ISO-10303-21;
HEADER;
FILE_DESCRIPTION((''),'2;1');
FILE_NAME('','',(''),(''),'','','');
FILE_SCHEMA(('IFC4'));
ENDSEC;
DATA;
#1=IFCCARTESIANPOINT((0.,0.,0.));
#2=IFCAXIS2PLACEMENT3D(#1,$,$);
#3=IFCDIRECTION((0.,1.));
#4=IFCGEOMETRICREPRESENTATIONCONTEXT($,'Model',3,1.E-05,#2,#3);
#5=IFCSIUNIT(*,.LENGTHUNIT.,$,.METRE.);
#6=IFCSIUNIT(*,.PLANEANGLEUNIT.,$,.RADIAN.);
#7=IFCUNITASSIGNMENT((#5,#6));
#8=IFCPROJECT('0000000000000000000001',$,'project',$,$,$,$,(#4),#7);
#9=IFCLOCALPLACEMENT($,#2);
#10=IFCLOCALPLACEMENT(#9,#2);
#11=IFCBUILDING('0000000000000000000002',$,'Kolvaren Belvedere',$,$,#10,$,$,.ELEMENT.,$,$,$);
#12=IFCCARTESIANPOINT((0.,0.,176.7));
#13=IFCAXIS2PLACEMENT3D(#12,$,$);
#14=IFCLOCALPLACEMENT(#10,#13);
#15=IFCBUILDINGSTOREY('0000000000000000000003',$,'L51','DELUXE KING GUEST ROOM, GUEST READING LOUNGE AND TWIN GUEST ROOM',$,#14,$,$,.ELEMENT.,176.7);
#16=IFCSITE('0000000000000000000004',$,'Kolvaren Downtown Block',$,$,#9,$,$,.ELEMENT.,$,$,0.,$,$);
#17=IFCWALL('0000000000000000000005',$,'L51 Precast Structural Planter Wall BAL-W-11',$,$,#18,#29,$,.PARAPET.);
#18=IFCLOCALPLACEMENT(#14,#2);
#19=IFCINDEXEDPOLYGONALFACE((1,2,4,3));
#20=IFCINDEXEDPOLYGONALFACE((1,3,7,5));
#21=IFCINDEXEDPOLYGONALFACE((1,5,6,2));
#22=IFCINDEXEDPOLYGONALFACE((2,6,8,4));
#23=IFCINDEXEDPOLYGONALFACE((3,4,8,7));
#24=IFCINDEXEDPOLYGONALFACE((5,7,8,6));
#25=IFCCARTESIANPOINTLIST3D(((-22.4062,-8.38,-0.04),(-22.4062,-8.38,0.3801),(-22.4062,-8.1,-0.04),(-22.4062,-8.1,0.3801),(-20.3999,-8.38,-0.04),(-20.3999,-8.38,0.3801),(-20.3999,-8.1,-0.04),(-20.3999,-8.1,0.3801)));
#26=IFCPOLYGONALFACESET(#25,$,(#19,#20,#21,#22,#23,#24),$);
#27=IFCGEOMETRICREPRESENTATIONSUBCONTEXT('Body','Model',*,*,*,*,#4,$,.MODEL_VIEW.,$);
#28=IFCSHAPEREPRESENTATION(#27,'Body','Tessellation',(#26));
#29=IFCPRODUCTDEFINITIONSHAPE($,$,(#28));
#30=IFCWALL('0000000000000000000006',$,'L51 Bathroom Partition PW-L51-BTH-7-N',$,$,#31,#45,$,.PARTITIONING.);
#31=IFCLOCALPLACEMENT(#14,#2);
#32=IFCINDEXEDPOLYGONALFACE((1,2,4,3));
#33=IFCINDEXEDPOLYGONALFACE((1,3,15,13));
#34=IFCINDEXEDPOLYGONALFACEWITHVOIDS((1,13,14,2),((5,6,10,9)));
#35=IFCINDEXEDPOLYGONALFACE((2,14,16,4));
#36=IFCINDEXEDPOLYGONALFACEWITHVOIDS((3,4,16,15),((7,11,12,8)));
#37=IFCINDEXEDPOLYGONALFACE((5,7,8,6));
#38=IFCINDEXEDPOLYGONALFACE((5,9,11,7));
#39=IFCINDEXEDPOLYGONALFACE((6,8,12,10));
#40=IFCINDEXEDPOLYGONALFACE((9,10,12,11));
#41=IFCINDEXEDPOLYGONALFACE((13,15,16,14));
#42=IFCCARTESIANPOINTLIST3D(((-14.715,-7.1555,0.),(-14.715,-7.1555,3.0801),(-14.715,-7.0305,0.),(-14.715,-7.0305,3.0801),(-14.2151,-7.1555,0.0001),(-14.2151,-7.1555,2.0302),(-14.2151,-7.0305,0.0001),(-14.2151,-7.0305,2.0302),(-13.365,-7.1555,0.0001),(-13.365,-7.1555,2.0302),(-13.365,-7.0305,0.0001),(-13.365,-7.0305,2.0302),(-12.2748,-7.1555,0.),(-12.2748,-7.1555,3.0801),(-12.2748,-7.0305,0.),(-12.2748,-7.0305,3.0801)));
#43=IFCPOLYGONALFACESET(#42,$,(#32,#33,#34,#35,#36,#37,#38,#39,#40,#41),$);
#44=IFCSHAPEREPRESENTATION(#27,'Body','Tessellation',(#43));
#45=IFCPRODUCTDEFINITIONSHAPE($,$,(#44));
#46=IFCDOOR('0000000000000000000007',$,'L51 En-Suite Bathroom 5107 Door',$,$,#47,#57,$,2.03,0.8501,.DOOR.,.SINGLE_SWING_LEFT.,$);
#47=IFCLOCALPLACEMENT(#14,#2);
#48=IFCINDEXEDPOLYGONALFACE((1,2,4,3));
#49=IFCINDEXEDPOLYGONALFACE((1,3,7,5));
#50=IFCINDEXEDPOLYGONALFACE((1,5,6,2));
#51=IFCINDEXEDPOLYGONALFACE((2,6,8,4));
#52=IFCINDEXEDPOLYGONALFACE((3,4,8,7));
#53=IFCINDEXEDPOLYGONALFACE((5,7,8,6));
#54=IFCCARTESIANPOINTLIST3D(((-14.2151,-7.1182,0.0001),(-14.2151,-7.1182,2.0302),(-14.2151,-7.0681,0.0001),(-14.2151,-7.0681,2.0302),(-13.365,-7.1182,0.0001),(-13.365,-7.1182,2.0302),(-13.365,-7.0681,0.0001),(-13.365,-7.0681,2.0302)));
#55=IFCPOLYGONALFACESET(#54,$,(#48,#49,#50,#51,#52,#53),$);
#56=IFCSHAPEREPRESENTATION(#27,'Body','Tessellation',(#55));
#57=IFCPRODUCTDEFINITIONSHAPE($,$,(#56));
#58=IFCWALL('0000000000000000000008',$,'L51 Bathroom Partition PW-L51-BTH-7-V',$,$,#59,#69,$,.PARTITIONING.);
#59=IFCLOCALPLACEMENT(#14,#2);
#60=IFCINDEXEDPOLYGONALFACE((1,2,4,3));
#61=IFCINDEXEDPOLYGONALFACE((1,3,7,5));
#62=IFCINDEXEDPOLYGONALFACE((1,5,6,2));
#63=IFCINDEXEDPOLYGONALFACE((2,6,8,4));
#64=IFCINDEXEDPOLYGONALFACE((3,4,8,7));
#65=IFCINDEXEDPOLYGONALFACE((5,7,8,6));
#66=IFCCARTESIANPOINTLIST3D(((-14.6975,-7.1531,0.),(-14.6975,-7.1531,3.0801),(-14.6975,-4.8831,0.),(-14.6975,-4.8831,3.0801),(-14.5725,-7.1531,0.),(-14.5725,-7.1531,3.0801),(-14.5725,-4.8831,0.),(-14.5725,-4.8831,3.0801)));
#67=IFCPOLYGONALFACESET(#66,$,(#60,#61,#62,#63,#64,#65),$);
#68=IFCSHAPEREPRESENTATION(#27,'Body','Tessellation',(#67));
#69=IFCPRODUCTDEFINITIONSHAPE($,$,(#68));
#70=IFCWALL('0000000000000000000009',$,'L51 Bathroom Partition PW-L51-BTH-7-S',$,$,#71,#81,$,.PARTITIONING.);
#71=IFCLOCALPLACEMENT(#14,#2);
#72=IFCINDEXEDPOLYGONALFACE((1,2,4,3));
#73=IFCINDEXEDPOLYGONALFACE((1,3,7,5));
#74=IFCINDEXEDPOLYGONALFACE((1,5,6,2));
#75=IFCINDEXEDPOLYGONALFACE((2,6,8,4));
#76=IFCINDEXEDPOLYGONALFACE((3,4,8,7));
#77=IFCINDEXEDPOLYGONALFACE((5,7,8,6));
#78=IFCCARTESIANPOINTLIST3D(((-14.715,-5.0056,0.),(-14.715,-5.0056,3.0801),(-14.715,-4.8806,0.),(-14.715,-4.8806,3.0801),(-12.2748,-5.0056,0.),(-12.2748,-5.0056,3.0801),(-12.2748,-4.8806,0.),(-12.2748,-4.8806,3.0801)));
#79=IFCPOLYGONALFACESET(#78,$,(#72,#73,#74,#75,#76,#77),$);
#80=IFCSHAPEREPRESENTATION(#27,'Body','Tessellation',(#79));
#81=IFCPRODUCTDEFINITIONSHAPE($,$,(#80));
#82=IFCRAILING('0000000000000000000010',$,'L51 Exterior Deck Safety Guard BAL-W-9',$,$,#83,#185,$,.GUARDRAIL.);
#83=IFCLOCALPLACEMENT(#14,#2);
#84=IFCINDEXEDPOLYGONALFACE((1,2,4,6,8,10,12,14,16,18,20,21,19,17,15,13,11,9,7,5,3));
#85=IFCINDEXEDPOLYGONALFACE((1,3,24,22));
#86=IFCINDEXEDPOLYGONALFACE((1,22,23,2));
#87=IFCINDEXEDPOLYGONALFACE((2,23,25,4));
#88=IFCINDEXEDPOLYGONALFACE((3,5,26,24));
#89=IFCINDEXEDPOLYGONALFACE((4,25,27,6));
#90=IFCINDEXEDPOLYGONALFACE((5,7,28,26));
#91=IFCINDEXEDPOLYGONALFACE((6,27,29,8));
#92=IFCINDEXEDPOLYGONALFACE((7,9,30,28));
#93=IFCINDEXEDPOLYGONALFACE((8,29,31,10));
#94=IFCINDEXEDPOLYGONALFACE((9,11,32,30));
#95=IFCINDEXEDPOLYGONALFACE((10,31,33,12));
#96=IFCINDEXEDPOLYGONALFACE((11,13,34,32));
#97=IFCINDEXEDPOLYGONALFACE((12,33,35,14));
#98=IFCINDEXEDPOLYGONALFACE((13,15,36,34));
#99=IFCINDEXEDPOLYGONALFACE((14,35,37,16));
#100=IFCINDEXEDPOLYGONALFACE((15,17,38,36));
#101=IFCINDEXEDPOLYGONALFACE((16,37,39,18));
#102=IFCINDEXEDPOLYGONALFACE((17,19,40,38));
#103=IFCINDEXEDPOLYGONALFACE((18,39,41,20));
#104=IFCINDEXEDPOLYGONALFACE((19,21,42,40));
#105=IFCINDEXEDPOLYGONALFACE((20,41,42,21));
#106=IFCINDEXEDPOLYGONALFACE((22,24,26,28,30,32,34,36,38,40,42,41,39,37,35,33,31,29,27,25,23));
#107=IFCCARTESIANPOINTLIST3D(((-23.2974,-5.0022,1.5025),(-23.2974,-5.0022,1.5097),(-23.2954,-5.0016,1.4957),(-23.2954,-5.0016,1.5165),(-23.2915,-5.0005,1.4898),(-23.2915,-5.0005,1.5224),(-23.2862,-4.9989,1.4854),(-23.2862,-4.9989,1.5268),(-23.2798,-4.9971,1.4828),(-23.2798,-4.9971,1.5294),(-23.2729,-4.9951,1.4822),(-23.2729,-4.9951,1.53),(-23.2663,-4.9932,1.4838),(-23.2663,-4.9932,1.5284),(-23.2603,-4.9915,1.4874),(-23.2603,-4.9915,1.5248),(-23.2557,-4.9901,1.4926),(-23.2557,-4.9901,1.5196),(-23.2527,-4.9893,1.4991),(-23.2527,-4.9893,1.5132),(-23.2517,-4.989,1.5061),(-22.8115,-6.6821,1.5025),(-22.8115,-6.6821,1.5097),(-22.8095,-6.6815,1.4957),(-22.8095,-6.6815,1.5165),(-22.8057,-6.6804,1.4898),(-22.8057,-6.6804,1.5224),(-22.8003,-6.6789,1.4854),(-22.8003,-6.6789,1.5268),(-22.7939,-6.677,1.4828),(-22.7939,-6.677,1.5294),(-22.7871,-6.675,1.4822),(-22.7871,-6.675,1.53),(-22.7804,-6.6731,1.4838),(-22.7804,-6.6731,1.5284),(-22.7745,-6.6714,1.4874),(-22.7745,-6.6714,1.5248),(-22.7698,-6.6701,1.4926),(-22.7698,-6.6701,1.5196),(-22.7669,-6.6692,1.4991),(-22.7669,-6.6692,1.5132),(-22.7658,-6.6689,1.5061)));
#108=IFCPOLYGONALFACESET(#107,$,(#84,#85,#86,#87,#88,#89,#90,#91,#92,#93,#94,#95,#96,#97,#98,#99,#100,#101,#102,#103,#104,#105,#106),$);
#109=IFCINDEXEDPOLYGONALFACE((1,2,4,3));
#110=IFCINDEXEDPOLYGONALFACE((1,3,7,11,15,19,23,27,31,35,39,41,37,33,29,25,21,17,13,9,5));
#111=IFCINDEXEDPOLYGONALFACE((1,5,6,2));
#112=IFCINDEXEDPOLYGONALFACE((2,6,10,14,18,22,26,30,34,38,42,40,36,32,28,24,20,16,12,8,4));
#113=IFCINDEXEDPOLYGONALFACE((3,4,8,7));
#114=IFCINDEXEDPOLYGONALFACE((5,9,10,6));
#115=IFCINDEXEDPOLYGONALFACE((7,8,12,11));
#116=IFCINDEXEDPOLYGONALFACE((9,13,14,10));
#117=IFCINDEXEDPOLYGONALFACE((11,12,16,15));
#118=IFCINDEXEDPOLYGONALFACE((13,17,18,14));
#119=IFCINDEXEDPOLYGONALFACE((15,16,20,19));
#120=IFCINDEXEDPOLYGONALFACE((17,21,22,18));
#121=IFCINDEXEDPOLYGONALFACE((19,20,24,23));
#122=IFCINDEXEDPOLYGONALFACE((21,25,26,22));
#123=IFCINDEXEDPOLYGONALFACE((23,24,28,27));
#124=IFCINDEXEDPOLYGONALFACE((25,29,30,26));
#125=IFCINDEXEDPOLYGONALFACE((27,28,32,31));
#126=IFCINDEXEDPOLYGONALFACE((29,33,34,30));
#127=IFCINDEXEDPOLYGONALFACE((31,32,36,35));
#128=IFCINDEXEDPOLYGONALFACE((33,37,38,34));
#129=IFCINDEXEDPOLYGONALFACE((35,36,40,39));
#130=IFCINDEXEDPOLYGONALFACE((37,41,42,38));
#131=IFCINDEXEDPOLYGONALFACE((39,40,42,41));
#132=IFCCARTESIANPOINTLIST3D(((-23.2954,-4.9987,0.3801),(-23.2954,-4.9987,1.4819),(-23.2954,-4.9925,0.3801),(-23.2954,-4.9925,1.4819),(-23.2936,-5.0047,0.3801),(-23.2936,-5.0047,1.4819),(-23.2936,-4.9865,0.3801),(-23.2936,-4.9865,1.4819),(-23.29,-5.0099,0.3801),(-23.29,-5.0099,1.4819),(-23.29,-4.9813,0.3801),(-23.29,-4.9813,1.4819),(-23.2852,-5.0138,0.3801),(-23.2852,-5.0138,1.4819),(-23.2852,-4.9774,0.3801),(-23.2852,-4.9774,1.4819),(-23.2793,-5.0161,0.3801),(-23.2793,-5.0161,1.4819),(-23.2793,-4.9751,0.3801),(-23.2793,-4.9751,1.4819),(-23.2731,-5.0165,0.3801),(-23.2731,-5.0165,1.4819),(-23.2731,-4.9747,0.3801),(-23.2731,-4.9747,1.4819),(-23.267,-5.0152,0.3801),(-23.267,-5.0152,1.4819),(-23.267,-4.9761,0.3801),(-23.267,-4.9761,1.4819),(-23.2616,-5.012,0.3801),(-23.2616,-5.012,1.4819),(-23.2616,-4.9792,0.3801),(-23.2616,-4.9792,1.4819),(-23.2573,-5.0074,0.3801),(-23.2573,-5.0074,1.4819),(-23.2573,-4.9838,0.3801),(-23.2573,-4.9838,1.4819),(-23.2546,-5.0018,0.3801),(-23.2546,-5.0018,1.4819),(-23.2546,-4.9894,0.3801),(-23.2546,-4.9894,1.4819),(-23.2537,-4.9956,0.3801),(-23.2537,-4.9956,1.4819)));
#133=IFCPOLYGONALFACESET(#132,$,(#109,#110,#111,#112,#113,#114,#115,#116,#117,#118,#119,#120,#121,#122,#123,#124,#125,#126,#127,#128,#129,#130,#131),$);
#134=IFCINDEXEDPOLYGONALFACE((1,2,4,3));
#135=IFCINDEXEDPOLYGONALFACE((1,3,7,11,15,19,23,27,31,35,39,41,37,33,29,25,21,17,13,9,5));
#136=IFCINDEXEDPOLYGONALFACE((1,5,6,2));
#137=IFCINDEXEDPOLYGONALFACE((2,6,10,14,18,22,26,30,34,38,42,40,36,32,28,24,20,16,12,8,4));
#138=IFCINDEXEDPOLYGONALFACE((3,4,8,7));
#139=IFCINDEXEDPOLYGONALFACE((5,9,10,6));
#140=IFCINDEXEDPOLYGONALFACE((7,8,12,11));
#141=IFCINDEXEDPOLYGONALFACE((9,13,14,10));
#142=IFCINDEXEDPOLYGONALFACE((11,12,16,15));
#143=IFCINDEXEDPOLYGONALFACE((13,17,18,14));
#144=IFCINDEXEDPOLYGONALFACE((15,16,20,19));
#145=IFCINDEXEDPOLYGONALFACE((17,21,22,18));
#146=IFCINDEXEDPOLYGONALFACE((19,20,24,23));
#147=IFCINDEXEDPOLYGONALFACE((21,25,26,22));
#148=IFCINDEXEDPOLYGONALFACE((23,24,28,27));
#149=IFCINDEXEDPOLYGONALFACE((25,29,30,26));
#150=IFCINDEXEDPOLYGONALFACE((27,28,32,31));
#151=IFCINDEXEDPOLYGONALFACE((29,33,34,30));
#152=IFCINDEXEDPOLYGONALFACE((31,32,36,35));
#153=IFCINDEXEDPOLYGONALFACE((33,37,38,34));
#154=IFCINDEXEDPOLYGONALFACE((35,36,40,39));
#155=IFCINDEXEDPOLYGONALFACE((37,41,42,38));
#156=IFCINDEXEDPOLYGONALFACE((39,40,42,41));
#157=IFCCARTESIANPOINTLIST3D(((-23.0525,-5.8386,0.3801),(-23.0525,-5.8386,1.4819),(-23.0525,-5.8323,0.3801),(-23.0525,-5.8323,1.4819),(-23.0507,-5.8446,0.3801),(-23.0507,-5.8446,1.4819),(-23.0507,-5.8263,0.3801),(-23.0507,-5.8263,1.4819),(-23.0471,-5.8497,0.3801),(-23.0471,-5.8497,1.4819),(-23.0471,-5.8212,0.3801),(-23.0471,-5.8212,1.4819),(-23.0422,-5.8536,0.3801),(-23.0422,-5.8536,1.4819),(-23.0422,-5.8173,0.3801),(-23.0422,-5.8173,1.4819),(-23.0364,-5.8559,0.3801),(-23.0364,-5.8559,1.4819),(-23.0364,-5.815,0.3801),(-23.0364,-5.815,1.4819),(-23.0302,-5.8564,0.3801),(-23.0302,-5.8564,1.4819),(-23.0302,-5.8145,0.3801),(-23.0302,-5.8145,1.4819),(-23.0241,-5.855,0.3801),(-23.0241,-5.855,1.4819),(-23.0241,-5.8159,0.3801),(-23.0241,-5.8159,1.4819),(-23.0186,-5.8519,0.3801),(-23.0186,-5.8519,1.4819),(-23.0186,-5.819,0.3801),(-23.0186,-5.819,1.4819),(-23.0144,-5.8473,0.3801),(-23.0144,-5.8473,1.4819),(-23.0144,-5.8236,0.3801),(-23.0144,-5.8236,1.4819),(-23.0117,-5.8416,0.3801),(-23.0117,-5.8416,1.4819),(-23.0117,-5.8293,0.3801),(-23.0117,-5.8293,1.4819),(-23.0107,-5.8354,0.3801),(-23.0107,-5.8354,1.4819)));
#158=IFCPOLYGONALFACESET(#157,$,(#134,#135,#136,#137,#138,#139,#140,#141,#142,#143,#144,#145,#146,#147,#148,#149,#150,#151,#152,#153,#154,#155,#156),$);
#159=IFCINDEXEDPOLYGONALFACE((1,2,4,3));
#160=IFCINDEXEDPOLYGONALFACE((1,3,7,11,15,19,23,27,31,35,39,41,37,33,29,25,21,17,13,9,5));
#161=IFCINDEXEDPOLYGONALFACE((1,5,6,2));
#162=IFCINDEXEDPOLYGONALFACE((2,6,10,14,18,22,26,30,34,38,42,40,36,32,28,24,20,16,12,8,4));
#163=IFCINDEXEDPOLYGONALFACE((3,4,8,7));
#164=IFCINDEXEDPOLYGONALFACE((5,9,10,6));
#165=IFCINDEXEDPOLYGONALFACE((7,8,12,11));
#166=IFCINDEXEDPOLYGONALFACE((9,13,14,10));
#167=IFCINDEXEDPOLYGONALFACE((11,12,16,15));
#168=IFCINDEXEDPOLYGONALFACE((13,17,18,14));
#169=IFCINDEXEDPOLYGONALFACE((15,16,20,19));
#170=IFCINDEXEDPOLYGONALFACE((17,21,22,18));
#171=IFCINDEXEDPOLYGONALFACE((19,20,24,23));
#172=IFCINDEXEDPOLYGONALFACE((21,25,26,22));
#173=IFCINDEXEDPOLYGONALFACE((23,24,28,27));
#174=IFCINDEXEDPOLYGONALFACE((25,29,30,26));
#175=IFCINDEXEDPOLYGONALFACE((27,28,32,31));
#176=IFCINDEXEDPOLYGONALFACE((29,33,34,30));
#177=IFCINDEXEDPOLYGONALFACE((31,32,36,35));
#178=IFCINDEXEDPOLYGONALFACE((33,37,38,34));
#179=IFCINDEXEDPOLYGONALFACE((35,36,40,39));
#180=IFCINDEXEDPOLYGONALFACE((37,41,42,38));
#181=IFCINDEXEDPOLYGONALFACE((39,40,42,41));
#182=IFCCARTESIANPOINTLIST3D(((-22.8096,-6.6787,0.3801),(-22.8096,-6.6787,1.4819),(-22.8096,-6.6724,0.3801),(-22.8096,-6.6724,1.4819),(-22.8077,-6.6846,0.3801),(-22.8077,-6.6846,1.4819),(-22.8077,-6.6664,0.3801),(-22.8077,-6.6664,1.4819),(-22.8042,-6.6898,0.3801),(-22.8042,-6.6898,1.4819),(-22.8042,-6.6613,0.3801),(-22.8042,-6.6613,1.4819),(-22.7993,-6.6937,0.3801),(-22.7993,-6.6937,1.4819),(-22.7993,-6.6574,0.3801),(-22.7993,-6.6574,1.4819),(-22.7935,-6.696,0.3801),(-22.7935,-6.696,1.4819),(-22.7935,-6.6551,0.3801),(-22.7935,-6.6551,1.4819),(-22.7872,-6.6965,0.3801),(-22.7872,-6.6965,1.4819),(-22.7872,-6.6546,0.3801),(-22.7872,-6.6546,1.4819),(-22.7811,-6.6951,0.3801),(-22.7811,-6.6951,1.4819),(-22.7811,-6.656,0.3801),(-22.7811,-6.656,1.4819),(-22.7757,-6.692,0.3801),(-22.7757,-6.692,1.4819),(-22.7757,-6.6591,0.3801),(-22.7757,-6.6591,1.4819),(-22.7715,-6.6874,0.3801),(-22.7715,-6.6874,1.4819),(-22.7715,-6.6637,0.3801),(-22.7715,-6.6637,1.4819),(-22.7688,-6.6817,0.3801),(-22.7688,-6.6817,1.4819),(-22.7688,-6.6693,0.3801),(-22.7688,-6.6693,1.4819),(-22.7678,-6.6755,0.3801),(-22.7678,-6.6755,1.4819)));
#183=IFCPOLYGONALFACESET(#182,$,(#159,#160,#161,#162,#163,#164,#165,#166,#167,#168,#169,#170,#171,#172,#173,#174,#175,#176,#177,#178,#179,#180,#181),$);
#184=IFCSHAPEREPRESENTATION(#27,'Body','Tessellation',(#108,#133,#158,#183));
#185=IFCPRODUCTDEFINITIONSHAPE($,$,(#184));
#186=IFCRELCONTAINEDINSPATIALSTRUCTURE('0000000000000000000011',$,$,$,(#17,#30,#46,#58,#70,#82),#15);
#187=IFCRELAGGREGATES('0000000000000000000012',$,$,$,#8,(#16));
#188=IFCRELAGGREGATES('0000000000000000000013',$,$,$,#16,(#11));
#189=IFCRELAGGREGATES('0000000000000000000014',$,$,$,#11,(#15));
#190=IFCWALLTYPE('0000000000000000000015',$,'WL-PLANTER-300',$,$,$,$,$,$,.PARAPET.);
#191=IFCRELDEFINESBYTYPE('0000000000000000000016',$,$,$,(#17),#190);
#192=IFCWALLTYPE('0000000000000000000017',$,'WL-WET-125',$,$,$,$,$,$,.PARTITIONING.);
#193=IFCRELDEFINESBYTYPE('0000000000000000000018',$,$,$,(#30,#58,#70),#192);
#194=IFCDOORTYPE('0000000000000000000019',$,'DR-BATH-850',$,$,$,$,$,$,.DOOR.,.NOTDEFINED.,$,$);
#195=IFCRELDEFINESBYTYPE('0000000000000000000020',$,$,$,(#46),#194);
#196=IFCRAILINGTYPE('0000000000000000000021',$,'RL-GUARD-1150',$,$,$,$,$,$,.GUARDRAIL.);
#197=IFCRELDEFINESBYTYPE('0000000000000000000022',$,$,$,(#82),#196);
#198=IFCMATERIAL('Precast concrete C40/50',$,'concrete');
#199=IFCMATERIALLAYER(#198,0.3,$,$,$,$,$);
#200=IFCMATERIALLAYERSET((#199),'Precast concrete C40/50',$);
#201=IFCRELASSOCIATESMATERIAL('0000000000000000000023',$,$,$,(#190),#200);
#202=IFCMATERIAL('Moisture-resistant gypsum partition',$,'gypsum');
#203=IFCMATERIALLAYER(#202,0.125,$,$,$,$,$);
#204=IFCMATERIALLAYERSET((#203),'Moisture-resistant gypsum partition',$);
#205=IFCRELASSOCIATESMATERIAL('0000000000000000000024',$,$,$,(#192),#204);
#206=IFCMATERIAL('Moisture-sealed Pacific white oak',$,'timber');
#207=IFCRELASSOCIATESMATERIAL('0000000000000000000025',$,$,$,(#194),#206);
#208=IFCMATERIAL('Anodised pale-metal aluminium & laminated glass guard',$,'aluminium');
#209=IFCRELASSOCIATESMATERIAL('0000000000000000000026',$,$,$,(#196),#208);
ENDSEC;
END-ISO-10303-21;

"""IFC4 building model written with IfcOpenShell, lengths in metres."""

from ifc_helpers import new_model, si_unit, direction, frame, frame_2d, origin, origin_2d, place, context, subcontext, project, spatial, rectangle, circle, extrude, material, layer, layer_set, type_object, element, fill, save


model = new_model("IFC4")

# Units and contexts
model_context = context("Model", 3, precision=1e-05, world=origin(), true_north=direction((0.0, 1.0)))
body_context = subcontext(model_context, "Body", "Model", "MODEL_VIEW")
ifc_project = project(units=[si_unit("LENGTHUNIT", "METRE"), si_unit("PLANEANGLEUNIT", "RADIAN")], contexts=[model_context])

# Site, building, storey
site_placement = place(None, origin())
site = spatial("IfcSite", under=ifc_project, at=site_placement, Name="Kolvaren Downtown Block", CompositionType="ELEMENT", RefElevation=0.0)
building_placement = place(site_placement, origin())
building = spatial("IfcBuilding", under=site, at=building_placement, Name="Kolvaren Belvedere", CompositionType="ELEMENT")
storey_placement = place(building_placement, frame((0.0, 0.0, 176.7)))
storey = spatial("IfcBuildingStorey", under=building, at=storey_placement, Name="L51", Description="DELUXE KING GUEST ROOM, GUEST READING LOUNGE AND TWIN GUEST ROOM", CompositionType="ELEMENT", Elevation=176.7)

# Wall
ifc_material_1 = material(Name="Precast concrete C40/50", Category="concrete")
ifc_layer_1 = layer(ifc_material_1, 0.3)
ifc_layer_set_1 = layer_set([ifc_layer_1], Name="Precast concrete C40/50")
wall_type_1 = type_object("IfcWallType", Name="WL-PLANTER-300", PredefinedType="PARAPET", material=ifc_layer_set_1)
wall_1_placement = place(storey_placement, frame((-22.4062, -8.24, -0.04), z_axis=(0.0, 0.0, 1.0), x_axis=(1.0, 0.0, 0.0)))
element("IfcWall", 1, at=wall_1_placement, inside=storey, type_object=wall_type_1, Name="L51 Precast Structural Planter Wall BAL-W-11", PredefinedType="PARAPET", context=body_context, shape_type="SweptSolid", body=[
    extrude(rectangle(XDim=2.0063, YDim=0.28, at=frame_2d((1.0032, 0.0))), origin(), (0.0, 0.0, 1.0), 0.4202),
])

# Wall, opening, door
ifc_material_2 = material(Name="Moisture-resistant gypsum partition", Category="gypsum")
ifc_layer_2 = layer(ifc_material_2, 0.125)
ifc_layer_set_2 = layer_set([ifc_layer_2], Name="Moisture-resistant gypsum partition")
wall_type_2 = type_object("IfcWallType", Name="WL-WET-125", PredefinedType="PARTITIONING", material=ifc_layer_set_2)
wall_2_placement = place(storey_placement, frame((-14.7151, -7.093, 0.0), z_axis=(0.0, 0.0, 1.0), x_axis=(1.0, 0.0, 0.0)))
wall_2 = element("IfcWall", 2, at=wall_2_placement, inside=storey, type_object=wall_type_2, Name="L51 Bathroom Partition PW-L51-BTH-7-N", PredefinedType="PARTITIONING", context=body_context, shape_type="SweptSolid", body=[
    extrude(rectangle(XDim=2.4402, YDim=0.125, at=frame_2d((1.2202, 0.0))), origin(), (0.0, 0.0, 1.0), 3.0801),
])
opening_1_placement = place(wall_2_placement, frame((0.5, 0.0, 0.0)))
opening_1 = element("IfcOpeningElement", 3, at=opening_1_placement, cuts=wall_2, PredefinedType="OPENING", context=body_context, shape_type="SweptSolid", body=[
    extrude(rectangle(XDim=0.8501, YDim=2.03, at=frame_2d((0.425, 1.0151))), frame((0.0, 0.0725, 0.0), z_axis=(0.0, -1.0, 0.0), x_axis=(1.0, 0.0, 0.0)), (0.0, 0.0, 1.0), 0.145),
])
ifc_material_3 = material(Name="Moisture-sealed Pacific white oak", Category="timber")
door_type = type_object("IfcDoorType", Name="DR-BATH-850", OperationType="NOTDEFINED", PredefinedType="DOOR", material=ifc_material_3)
door_placement = place(opening_1_placement, origin())
door = element("IfcDoor", 4, at=door_placement, inside=storey, type_object=door_type, Name="L51 En-Suite Bathroom 5107 Door", OperationType="SINGLE_SWING_LEFT", OverallHeight=2.03, OverallWidth=0.8501, PredefinedType="DOOR", context=body_context, shape_type="SweptSolid", body=[
    extrude(rectangle(XDim=0.8501, YDim=2.03, at=frame_2d((0.425, 1.0151))), frame((0.0, 0.0249, 0.0), z_axis=(0.0, -1.0, 0.0), x_axis=(1.0, 0.0, 0.0)), (0.0, 0.0, 1.0), 0.05),
])
fill(opening_1, door)

# Walls
wall_3_placement = place(storey_placement, frame((-14.635, -7.1531, 0.0), z_axis=(0.0, 0.0, 1.0), x_axis=(0.0, 1.0, 0.0)))
element("IfcWall", 5, at=wall_3_placement, inside=storey, type_object=wall_type_2, Name="L51 Bathroom Partition PW-L51-BTH-7-V", PredefinedType="PARTITIONING", context=body_context, shape_type="SweptSolid", body=[
    extrude(rectangle(XDim=2.27, YDim=0.125, at=frame_2d((1.135, 0.0))), origin(), (0.0, 0.0, 1.0), 3.0801),
])
wall_4_placement = place(storey_placement, frame((-14.7151, -4.9431, 0.0), z_axis=(0.0, 0.0, 1.0), x_axis=(1.0, 0.0, 0.0)))
element("IfcWall", 6, at=wall_4_placement, inside=storey, type_object=wall_type_2, Name="L51 Bathroom Partition PW-L51-BTH-7-S", PredefinedType="PARTITIONING", context=body_context, shape_type="SweptSolid", body=[
    extrude(rectangle(XDim=2.4402, YDim=0.125, at=frame_2d((1.2202, 0.0))), origin(), (0.0, 0.0, 1.0), 3.0801),
])

# Railing
ifc_material_4 = material(Name="Anodised pale-metal aluminium & laminated glass guard", Category="aluminium")
railing_type = type_object("IfcRailingType", Name="RL-GUARD-1150", PredefinedType="GUARDRAIL", material=ifc_material_4)
railing_1_placement = place(storey_placement, frame((-23.2747, -4.9956, 0.3801)))
element("IfcRailing", 7, at=railing_1_placement, inside=storey, type_object=railing_type, Name="L51 Exterior Deck Safety Guard BAL-W-9", PredefinedType="GUARDRAIL", context=body_context, shape_type="SweptSolid", body=[
    extrude(circle(Radius=0.0239, at=origin_2d()), frame((0.0, 0.0, 1.126), z_axis=(0.277817, -0.960634, 0.0), x_axis=(0.960634, 0.277817, 0.0)), (0.0, 0.0, 1.0), 1.7488),
    extrude(circle(Radius=0.021, at=origin_2d()), origin(), (0.0, 0.0, 1.0), 1.1018),
    extrude(circle(Radius=0.021, at=origin_2d()), frame((0.2429, -0.8398, 0.0)), (0.0, 0.0, 1.0), 1.1018),
    extrude(circle(Radius=0.021, at=origin_2d()), frame((0.4858, -1.6799, 0.0)), (0.0, 0.0, 1.0), 1.1018),
])

save(model, "model.ifc")
